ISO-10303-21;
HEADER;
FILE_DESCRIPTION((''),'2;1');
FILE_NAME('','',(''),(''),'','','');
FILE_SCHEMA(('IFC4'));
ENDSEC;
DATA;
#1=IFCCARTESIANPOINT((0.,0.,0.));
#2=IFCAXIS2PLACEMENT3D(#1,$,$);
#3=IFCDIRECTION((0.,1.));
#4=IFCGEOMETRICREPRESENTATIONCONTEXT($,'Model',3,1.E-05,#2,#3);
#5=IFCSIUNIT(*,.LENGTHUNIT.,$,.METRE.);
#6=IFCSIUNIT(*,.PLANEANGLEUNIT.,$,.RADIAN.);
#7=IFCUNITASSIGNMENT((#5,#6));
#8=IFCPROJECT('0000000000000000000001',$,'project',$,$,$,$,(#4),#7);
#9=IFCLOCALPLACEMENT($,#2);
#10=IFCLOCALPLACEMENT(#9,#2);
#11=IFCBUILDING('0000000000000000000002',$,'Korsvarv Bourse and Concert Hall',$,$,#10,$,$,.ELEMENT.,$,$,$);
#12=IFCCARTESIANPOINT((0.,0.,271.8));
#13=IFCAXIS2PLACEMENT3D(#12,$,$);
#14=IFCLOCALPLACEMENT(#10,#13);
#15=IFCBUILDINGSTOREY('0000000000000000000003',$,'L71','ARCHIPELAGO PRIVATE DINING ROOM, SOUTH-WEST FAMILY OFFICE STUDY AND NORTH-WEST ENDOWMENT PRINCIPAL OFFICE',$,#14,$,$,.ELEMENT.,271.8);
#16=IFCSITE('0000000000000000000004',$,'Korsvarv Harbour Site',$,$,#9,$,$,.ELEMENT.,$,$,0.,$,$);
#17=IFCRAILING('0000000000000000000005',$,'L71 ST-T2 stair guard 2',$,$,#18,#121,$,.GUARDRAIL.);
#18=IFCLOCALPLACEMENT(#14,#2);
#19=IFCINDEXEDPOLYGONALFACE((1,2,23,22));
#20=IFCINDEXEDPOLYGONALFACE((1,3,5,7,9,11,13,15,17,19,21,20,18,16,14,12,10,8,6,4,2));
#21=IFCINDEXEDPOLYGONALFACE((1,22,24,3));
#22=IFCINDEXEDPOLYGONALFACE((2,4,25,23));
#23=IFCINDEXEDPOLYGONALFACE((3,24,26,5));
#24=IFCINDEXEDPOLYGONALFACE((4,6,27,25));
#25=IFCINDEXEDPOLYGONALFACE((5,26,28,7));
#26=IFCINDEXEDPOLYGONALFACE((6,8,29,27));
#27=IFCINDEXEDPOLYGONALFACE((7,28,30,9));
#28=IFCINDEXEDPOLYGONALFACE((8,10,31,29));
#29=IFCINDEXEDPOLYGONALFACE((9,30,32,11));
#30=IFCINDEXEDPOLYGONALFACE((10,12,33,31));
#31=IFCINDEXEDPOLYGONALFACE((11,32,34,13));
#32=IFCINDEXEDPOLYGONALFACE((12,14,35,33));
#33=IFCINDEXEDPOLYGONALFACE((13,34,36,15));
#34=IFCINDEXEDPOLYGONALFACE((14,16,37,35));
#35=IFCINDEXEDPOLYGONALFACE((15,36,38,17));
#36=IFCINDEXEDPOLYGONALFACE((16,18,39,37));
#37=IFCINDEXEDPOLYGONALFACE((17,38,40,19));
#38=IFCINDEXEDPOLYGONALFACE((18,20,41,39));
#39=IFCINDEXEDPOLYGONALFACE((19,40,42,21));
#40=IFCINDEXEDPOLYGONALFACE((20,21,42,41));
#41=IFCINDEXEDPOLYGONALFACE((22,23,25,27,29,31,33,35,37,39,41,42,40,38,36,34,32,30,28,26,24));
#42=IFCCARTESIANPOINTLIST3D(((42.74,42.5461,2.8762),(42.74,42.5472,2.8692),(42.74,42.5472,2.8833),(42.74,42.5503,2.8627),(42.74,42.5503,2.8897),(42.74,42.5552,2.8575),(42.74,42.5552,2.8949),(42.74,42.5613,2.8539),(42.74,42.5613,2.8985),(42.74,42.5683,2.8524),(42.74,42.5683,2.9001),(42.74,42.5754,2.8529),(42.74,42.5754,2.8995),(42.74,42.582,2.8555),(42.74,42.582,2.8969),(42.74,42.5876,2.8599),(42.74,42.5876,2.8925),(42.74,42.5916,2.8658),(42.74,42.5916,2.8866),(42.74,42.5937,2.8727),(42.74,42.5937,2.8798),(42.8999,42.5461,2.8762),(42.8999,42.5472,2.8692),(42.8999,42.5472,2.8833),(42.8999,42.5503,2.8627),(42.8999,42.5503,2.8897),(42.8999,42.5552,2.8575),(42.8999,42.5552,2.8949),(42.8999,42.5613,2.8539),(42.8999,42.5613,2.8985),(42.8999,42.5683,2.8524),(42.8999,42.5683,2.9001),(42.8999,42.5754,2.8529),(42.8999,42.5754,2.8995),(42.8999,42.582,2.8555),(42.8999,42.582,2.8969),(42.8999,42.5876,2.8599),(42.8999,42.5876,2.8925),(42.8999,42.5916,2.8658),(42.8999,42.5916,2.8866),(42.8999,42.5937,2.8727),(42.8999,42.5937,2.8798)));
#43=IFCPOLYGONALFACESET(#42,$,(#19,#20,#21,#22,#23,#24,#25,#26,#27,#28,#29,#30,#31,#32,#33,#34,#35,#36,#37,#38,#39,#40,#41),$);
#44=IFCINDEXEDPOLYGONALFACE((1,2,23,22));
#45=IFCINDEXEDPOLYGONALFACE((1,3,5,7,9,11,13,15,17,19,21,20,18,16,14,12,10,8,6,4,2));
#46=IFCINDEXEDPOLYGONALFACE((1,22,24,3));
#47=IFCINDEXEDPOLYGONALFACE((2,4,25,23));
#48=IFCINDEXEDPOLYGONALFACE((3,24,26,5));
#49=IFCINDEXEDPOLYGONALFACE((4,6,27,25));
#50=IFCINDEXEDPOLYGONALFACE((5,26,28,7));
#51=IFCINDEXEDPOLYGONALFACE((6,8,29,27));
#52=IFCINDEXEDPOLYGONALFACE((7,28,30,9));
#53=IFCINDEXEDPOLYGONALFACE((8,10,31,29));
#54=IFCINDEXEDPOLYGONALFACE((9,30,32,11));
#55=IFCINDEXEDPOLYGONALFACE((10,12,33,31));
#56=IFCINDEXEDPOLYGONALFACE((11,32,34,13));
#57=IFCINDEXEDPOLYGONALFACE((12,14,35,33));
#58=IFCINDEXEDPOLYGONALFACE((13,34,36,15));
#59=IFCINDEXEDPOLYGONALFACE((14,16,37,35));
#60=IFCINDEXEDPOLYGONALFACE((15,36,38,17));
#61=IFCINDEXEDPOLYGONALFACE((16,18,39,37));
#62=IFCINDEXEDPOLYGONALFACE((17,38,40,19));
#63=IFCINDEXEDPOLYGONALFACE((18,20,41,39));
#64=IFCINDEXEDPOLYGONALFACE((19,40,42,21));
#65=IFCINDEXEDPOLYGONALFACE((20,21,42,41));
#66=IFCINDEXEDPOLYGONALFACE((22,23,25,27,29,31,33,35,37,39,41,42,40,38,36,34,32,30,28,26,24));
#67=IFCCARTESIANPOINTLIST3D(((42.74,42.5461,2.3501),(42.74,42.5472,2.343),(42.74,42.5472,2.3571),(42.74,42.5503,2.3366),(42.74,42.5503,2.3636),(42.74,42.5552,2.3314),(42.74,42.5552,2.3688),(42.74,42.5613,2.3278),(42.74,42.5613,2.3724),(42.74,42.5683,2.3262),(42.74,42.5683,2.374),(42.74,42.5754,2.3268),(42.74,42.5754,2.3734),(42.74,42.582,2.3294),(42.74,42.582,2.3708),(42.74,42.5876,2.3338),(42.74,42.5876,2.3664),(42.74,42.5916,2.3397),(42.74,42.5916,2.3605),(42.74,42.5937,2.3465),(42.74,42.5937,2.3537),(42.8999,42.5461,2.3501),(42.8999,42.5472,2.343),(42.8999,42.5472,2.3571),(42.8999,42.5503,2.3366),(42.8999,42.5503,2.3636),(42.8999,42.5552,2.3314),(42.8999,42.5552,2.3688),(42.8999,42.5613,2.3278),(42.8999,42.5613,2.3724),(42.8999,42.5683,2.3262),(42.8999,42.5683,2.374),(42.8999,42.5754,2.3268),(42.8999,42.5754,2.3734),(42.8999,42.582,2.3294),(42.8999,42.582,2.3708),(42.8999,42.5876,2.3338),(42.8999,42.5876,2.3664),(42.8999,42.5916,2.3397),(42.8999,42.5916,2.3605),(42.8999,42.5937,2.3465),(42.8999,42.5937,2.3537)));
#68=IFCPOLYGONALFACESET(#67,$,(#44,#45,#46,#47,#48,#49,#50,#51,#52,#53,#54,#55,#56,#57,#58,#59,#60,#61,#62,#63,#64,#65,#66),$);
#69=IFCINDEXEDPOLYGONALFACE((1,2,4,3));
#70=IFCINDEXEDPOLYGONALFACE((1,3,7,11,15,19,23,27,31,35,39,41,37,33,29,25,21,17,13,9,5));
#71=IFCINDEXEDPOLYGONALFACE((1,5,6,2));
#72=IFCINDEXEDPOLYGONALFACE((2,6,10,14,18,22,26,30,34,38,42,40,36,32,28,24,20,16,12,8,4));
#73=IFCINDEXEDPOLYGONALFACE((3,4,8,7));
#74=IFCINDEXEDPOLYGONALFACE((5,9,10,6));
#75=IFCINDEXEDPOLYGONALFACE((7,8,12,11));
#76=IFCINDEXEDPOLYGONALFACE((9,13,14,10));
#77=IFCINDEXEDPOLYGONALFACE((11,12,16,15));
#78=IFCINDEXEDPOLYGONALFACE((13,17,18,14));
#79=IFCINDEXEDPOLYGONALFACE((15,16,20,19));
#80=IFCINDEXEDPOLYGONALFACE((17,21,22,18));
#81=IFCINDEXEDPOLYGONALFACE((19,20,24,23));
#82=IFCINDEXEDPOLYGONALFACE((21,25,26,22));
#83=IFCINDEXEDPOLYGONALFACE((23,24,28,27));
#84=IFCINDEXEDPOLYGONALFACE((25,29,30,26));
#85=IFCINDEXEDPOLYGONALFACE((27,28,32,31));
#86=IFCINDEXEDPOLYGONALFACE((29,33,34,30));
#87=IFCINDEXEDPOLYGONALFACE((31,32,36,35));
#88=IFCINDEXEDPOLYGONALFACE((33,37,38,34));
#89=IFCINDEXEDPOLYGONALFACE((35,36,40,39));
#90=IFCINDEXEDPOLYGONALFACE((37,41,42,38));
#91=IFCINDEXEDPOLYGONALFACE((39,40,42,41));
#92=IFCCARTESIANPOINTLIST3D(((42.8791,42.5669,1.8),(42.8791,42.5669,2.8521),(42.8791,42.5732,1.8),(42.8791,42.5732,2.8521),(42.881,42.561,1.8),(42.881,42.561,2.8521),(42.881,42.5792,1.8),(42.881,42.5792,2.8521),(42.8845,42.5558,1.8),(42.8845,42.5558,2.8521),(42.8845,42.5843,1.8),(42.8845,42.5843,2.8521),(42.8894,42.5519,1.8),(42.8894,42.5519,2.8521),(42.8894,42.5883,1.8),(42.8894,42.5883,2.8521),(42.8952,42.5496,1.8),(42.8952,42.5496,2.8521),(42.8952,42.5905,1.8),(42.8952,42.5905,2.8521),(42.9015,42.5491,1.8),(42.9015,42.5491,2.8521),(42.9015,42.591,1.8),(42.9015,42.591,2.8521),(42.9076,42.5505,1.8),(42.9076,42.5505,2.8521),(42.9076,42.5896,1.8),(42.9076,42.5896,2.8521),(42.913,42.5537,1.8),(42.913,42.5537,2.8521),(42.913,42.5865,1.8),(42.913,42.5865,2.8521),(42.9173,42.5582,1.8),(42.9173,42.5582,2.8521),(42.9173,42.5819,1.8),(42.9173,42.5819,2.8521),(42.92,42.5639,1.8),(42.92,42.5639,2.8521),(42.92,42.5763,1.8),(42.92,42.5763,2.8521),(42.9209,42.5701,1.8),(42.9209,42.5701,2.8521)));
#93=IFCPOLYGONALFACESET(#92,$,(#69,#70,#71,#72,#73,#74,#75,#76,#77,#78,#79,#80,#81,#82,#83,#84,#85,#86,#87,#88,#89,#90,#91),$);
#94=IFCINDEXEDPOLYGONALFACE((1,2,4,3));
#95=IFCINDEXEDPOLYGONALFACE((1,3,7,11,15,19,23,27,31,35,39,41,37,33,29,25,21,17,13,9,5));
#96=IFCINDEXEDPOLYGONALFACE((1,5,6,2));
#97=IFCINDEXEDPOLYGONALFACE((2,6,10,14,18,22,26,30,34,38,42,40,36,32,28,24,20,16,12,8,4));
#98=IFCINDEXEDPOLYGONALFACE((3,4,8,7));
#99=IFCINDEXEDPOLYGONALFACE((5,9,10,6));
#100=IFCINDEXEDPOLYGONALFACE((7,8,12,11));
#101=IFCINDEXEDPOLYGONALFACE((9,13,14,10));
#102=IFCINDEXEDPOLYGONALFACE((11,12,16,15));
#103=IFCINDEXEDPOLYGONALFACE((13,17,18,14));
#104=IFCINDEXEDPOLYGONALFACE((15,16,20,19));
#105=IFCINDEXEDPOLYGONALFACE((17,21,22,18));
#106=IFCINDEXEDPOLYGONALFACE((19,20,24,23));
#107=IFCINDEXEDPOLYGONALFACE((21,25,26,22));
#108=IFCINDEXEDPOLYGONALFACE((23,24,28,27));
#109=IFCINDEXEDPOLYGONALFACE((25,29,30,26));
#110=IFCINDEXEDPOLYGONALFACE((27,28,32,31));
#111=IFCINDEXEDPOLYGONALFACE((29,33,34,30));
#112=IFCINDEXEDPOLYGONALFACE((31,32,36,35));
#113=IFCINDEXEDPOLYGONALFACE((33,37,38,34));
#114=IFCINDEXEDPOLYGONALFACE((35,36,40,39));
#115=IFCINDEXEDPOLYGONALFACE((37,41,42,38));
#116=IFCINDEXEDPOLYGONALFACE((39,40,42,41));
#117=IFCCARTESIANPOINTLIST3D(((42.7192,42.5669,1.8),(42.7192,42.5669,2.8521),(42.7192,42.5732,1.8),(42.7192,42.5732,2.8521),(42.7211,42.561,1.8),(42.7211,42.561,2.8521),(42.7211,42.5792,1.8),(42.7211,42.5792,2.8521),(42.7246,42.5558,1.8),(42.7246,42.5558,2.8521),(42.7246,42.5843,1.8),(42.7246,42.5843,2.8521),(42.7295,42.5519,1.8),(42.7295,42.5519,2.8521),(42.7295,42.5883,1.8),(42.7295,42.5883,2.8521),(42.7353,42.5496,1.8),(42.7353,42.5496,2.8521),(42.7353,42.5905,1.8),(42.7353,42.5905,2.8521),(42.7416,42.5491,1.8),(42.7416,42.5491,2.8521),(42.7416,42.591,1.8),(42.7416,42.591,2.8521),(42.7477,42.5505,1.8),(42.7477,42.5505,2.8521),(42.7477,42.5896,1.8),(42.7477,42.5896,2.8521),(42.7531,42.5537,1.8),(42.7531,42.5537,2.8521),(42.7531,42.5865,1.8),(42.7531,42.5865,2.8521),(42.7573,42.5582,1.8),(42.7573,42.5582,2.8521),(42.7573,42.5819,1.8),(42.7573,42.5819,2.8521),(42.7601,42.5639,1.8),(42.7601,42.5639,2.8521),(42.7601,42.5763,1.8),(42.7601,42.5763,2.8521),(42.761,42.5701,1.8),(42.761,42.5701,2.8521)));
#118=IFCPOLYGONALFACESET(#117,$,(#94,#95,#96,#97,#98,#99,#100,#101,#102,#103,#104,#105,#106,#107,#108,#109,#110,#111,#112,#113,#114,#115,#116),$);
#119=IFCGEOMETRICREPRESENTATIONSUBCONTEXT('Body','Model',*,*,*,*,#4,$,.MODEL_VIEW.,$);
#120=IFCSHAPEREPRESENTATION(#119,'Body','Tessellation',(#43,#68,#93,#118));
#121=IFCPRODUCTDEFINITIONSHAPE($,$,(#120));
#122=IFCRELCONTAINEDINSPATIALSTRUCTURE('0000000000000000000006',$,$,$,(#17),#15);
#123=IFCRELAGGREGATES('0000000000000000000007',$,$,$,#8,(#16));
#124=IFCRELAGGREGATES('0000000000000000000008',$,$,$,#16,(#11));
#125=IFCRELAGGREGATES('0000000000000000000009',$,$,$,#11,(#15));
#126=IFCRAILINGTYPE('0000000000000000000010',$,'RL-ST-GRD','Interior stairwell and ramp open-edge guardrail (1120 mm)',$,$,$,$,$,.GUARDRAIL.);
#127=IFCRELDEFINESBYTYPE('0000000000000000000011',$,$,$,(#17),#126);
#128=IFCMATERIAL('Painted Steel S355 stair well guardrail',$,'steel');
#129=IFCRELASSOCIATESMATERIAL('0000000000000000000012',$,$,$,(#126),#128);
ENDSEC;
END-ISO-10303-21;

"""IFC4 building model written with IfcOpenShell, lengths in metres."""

from ifc_helpers import new_model, si_unit, direction, frame, origin, origin_2d, place, context, subcontext, project, spatial, circle, extrude, material, type_object, element, save


model = new_model("IFC4")

# Units and contexts
model_context = context("Model", 3, precision=1e-05, world=origin(), true_north=direction((0.0, 1.0)))
body_context = subcontext(model_context, "Body", "Model", "MODEL_VIEW")
ifc_project = project(units=[si_unit("LENGTHUNIT", "METRE"), si_unit("PLANEANGLEUNIT", "RADIAN")], contexts=[model_context])

# Site, building, storey
site_placement = place(None, origin())
site = spatial("IfcSite", under=ifc_project, at=site_placement, Name="Korsvarv Harbour Site", CompositionType="ELEMENT", RefElevation=0.0)
building_placement = place(site_placement, origin())
building = spatial("IfcBuilding", under=site, at=building_placement, Name="Korsvarv Bourse and Concert Hall", CompositionType="ELEMENT")
storey_placement = place(building_placement, frame((0.0, 0.0, 271.8)))
storey = spatial("IfcBuildingStorey", under=building, at=storey_placement, Name="L71", Description="ARCHIPELAGO PRIVATE DINING ROOM, SOUTH-WEST FAMILY OFFICE STUDY AND NORTH-WEST ENDOWMENT PRINCIPAL OFFICE", CompositionType="ELEMENT", Elevation=271.8)

# Railing
ifc_material_1 = material(Name="Painted Steel S355 stair well guardrail", Category="steel")
railing_type_1 = type_object("IfcRailingType", Name="RL-ST-GRD", Description="Interior stairwell and ramp open-edge guardrail (1120 mm)", PredefinedType="GUARDRAIL", material=ifc_material_1)
railing_1_placement = place(storey_placement, frame((42.8999, 42.5701, 1.8)))
element("IfcRailing", 1, at=railing_1_placement, inside=storey, type_object=railing_type_1, Name="L71 ST-T2 stair guard 2", PredefinedType="GUARDRAIL", context=body_context, shape_type="SweptSolid", body=[
    extrude(circle(Radius=0.0239, at=origin_2d()), frame((0.0, 0.0, 1.0762), z_axis=(-1.0, 0.0, 0.0), x_axis=(0.0, -1.0, 0.0)), (0.0, 0.0, 1.0), 0.1599),
    extrude(circle(Radius=0.0239, at=origin_2d()), frame((0.0, 0.0, 0.55), z_axis=(-1.0, 0.0, 0.0), x_axis=(0.0, -1.0, 0.0)), (0.0, 0.0, 1.0), 0.1599),
    extrude(circle(Radius=0.021, at=origin_2d()), origin(), (0.0, 0.0, 1.0), 1.052),
    extrude(circle(Radius=0.021, at=origin_2d()), frame((-0.1599, 0.0, 0.0)), (0.0, 0.0, 1.0), 1.052),
])

save(model, "model.ifc")
